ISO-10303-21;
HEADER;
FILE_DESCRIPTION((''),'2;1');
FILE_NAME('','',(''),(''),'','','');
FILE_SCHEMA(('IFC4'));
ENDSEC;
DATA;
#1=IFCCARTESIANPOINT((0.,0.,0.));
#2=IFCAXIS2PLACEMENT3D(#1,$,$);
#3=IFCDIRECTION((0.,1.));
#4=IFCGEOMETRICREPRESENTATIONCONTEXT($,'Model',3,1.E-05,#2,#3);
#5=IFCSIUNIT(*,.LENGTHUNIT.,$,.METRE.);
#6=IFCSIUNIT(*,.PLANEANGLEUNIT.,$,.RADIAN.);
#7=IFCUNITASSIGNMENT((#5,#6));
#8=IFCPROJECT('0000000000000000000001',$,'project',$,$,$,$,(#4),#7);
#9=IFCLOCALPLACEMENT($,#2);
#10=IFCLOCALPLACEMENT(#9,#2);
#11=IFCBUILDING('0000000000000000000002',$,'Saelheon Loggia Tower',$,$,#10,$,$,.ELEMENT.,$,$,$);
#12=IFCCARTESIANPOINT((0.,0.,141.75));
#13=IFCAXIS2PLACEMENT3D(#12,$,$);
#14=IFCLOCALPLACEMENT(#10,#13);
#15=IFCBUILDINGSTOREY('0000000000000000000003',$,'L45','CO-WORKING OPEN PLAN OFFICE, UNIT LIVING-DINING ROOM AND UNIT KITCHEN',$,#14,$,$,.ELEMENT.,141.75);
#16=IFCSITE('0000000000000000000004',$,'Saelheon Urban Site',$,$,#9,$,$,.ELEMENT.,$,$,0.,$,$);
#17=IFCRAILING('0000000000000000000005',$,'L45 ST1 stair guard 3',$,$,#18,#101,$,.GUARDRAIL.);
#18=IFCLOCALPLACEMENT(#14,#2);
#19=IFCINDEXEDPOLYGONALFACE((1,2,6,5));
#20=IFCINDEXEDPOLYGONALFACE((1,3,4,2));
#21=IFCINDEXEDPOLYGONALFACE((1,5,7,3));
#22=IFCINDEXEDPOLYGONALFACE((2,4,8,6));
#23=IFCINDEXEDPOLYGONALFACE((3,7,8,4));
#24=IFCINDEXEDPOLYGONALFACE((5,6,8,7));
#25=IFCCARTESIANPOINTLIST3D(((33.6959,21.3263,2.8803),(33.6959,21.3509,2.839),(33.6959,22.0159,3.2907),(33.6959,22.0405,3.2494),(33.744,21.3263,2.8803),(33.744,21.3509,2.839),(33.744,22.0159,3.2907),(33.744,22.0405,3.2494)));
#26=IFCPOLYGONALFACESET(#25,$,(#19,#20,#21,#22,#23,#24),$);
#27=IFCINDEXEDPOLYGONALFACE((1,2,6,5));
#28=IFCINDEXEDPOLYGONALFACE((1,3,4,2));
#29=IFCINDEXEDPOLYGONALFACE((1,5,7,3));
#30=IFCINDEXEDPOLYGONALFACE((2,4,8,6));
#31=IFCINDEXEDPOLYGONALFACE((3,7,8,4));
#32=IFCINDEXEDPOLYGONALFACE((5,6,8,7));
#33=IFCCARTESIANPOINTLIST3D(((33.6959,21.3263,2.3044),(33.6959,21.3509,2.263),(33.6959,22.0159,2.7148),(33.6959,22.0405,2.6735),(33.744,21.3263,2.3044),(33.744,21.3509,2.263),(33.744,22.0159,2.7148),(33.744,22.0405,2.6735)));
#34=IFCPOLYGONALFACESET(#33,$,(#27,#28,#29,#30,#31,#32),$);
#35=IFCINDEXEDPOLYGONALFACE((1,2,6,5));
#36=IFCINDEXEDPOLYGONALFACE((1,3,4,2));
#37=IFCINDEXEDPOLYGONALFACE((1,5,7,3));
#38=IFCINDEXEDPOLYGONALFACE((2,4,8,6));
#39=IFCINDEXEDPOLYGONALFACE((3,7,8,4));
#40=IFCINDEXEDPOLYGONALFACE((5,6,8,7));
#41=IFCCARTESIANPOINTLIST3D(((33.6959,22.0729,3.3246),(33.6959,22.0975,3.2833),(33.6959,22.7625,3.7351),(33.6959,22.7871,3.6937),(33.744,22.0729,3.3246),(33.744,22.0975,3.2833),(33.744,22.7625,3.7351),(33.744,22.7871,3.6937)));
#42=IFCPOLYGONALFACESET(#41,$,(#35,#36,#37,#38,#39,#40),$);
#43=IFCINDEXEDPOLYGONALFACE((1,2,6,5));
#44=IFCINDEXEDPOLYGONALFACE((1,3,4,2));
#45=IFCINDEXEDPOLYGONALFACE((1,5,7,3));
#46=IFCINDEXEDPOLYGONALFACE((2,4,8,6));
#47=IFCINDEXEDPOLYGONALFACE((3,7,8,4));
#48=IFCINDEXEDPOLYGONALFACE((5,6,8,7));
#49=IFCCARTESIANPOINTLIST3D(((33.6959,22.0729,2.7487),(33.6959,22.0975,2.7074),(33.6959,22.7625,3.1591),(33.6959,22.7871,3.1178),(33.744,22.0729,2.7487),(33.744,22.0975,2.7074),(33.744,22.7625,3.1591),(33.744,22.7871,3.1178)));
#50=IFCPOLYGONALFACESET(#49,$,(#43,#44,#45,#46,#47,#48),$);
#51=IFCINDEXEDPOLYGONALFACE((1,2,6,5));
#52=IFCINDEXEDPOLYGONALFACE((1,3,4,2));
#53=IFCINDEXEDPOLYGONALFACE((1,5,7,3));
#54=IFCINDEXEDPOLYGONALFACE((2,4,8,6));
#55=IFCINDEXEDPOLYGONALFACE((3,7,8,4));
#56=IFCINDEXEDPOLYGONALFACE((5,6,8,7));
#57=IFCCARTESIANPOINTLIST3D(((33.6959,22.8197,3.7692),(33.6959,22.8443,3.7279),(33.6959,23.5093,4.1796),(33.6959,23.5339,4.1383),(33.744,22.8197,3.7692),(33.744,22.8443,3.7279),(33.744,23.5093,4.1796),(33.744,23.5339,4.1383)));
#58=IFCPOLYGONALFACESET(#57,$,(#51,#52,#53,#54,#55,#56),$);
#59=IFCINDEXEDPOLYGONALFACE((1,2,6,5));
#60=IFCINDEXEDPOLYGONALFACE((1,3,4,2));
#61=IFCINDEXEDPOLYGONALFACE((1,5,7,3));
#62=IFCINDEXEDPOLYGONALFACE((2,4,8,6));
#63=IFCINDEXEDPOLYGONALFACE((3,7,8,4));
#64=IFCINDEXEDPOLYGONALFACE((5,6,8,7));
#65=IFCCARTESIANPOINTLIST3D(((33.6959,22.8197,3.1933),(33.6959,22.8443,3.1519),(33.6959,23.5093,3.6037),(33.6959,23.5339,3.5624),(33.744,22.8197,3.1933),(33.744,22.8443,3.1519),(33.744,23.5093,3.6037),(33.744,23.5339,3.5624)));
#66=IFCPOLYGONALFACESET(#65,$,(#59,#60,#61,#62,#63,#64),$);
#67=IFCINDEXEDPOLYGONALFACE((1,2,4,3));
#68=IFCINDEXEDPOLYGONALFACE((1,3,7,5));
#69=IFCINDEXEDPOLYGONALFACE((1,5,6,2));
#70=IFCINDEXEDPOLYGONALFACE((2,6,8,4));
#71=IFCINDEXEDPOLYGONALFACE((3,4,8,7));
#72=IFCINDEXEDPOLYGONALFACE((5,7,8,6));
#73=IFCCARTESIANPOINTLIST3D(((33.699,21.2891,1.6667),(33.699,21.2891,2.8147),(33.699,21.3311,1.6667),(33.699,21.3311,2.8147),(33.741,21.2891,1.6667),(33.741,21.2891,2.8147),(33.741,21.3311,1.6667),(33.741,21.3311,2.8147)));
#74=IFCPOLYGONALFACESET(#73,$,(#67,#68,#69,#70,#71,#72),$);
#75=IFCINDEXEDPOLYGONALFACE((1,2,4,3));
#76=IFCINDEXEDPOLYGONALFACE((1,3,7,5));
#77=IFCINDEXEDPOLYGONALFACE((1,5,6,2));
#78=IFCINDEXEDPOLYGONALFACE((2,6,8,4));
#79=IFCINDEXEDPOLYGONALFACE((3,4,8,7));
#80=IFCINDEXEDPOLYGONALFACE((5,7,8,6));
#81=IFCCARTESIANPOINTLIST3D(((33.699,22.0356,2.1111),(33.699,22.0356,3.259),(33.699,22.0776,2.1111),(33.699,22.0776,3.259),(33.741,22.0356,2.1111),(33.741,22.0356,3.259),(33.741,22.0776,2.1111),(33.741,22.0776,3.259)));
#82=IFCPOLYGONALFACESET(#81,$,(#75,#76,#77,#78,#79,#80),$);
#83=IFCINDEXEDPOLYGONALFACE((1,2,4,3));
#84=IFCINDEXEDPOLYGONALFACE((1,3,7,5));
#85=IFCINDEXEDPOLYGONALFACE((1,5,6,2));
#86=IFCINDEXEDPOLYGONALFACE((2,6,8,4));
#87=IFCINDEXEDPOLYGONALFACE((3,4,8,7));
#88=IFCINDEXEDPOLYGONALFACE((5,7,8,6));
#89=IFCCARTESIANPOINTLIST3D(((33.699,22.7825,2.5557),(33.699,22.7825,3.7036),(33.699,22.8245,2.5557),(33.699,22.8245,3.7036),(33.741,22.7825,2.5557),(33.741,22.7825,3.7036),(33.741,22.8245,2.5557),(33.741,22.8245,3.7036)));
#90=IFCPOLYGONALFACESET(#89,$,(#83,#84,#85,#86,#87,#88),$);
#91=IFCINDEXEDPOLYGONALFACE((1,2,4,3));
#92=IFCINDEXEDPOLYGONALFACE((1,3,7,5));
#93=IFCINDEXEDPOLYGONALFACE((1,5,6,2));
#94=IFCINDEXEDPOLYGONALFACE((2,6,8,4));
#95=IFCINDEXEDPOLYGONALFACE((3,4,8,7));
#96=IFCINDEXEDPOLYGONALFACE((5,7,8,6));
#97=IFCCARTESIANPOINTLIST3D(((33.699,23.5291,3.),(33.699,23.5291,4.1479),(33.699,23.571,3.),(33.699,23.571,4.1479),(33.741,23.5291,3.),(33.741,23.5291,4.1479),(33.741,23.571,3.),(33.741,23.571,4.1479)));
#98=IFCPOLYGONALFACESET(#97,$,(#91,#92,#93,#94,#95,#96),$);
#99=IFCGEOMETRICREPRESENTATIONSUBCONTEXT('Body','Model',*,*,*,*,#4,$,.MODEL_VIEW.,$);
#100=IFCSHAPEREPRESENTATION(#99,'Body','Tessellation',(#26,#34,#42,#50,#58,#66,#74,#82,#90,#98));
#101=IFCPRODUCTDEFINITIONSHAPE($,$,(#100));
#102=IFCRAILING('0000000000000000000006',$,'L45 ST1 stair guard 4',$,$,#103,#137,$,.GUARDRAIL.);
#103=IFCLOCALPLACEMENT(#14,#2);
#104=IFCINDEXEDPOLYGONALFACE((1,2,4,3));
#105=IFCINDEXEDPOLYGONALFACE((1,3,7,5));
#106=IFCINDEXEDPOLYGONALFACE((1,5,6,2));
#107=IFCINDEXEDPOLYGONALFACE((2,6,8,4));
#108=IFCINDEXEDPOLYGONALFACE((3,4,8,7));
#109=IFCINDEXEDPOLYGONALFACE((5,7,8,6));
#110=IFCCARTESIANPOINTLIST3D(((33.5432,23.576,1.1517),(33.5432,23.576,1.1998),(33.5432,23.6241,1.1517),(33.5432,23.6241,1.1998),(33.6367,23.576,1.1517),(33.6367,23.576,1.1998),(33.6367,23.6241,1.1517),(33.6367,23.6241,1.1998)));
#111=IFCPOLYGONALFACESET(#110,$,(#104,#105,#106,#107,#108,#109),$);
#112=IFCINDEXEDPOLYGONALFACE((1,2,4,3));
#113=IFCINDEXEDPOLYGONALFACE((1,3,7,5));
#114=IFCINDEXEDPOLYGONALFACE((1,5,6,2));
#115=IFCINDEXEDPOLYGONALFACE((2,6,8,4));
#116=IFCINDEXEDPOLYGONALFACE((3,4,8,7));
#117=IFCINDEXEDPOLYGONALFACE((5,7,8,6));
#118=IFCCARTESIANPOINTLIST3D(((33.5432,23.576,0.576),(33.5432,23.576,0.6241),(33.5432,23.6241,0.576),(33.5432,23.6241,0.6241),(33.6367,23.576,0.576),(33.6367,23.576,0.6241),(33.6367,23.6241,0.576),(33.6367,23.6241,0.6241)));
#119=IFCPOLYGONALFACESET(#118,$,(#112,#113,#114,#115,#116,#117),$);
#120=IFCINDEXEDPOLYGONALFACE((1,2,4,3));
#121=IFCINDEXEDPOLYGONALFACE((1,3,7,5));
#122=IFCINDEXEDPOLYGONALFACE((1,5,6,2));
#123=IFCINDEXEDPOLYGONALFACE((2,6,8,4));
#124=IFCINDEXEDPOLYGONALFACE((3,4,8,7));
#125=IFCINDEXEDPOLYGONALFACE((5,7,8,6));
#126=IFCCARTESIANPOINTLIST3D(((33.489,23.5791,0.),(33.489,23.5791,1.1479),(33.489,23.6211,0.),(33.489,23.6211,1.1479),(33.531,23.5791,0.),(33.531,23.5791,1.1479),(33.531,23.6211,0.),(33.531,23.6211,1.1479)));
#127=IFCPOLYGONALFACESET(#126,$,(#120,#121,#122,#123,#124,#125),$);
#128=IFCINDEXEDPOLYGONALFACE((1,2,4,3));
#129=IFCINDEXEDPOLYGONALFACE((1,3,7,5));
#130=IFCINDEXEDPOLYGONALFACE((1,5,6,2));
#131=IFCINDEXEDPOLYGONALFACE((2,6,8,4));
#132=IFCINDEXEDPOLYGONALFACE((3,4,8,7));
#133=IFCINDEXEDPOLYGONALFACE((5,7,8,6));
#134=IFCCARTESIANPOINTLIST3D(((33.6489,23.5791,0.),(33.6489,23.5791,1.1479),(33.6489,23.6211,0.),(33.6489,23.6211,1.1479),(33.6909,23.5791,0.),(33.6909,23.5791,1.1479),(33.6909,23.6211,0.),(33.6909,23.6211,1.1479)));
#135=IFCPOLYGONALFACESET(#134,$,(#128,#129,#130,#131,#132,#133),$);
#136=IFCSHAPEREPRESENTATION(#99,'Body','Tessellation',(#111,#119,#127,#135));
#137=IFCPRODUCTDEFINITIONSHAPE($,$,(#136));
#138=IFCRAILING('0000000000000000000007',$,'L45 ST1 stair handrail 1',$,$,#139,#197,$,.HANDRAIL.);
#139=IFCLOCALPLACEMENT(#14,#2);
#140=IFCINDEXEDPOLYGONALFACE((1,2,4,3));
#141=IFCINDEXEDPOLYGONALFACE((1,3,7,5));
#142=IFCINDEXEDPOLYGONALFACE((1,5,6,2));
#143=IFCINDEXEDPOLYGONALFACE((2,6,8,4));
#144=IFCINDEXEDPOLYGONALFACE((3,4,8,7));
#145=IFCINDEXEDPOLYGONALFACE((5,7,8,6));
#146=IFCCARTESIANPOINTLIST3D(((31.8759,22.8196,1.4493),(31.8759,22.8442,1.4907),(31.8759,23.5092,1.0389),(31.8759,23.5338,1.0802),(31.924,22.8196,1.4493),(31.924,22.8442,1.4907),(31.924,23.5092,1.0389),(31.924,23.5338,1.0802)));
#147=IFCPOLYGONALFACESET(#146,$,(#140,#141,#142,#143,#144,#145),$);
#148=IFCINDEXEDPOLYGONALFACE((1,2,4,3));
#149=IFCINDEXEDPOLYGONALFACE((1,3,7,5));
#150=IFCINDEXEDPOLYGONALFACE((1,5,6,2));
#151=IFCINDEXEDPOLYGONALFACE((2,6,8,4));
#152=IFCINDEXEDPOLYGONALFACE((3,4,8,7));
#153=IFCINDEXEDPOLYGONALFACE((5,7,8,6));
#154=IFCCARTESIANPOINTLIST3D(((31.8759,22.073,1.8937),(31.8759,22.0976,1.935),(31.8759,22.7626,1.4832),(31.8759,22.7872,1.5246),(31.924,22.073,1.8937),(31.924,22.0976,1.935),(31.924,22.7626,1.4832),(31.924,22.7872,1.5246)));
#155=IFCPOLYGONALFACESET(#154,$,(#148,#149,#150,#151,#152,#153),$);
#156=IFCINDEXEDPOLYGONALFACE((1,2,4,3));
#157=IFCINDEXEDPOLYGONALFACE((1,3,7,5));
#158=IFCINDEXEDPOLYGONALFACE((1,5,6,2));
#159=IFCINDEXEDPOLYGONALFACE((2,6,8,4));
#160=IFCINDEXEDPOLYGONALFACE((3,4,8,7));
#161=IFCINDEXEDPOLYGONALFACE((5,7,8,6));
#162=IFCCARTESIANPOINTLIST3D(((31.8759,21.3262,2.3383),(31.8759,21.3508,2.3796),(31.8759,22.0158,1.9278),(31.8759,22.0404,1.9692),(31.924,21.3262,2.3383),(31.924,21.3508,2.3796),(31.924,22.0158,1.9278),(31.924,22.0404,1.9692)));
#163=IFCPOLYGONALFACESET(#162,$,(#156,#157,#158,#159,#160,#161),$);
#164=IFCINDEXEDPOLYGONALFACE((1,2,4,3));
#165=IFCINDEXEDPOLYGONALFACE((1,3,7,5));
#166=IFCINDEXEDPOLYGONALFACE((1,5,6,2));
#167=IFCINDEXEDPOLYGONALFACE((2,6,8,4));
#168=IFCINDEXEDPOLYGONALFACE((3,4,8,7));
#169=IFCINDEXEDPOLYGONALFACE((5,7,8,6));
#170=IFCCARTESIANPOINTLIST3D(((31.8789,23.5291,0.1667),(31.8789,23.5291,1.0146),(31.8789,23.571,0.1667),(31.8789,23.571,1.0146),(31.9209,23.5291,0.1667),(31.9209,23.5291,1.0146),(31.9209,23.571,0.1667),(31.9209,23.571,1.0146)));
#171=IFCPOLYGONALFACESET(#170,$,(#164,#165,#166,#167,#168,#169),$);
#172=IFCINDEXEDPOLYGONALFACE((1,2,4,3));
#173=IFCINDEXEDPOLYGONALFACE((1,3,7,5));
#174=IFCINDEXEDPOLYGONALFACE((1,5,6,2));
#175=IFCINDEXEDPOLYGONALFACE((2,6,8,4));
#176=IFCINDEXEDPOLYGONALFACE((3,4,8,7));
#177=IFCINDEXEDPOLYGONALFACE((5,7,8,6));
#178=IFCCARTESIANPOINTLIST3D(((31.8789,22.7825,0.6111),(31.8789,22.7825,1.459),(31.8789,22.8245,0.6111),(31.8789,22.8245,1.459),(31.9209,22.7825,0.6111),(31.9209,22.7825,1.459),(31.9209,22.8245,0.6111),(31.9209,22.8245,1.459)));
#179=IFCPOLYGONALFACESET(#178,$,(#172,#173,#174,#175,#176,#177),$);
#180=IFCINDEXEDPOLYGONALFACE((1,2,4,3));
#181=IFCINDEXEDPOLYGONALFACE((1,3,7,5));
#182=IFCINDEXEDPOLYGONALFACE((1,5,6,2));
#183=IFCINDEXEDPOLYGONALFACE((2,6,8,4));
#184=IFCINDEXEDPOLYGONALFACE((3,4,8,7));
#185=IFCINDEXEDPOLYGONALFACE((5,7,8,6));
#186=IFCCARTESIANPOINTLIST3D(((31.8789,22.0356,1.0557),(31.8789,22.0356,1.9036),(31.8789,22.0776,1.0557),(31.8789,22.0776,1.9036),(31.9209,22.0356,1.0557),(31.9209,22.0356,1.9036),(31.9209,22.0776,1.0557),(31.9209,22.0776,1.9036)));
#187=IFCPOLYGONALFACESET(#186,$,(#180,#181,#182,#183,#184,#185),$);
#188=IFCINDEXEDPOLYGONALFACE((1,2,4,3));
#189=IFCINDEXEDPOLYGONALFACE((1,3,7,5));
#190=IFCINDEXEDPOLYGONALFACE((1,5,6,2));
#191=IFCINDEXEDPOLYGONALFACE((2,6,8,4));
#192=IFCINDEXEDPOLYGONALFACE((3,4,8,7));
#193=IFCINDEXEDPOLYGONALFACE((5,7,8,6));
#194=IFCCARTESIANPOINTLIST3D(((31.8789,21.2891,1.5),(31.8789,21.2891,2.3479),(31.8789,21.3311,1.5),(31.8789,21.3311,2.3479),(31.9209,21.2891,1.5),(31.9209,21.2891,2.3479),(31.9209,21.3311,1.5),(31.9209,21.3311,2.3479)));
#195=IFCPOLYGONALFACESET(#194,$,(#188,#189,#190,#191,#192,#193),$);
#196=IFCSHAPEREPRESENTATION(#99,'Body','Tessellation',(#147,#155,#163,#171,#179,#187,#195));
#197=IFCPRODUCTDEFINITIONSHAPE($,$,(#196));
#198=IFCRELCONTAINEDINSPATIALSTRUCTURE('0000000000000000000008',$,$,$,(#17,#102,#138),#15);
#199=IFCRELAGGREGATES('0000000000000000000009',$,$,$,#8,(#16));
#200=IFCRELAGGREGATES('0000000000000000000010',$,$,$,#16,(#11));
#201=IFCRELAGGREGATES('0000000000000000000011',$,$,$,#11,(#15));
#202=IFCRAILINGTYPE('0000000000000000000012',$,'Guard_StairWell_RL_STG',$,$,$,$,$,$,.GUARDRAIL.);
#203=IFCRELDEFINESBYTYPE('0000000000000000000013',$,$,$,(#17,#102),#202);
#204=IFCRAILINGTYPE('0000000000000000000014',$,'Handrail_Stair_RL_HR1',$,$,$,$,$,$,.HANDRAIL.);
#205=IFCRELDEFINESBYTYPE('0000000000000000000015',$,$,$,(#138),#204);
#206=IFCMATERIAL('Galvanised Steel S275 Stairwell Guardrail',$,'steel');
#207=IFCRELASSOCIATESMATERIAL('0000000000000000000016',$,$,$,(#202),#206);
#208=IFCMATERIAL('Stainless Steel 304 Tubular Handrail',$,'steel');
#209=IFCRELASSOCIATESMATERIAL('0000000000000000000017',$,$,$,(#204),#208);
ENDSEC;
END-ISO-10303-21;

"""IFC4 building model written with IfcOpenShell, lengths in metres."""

from ifc_helpers import new_model, si_unit, direction, frame, origin, origin_2d, place, context, subcontext, project, spatial, rectangle, extrude, material, type_object, element, save


model = new_model("IFC4")

# Units and contexts
model_context = context("Model", 3, precision=1e-05, world=origin(), true_north=direction((0.0, 1.0)))
body_context = subcontext(model_context, "Body", "Model", "MODEL_VIEW")
ifc_project = project(units=[si_unit("LENGTHUNIT", "METRE"), si_unit("PLANEANGLEUNIT", "RADIAN")], contexts=[model_context])

# Site, building, storey
site_placement = place(None, origin())
site = spatial("IfcSite", under=ifc_project, at=site_placement, Name="Saelheon Urban Site", CompositionType="ELEMENT", RefElevation=0.0)
building_placement = place(site_placement, origin())
building = spatial("IfcBuilding", under=site, at=building_placement, Name="Saelheon Loggia Tower", CompositionType="ELEMENT")
storey_placement = place(building_placement, frame((0.0, 0.0, 141.75)))
storey = spatial("IfcBuildingStorey", under=building, at=storey_placement, Name="L45", Description="CO-WORKING OPEN PLAN OFFICE, UNIT LIVING-DINING ROOM AND UNIT KITCHEN", CompositionType="ELEMENT", Elevation=141.75)

# Railings
ifc_material_1 = material(Name="Galvanised Steel S275 Stairwell Guardrail", Category="steel")
railing_type_1 = type_object("IfcRailingType", Name="Guard_StairWell_RL_STG", PredefinedType="GUARDRAIL", material=ifc_material_1)
railing_1_placement = place(storey_placement, frame((33.72, 21.3101, 1.6667)))
element("IfcRailing", 1, at=railing_1_placement, inside=storey, type_object=railing_type_1, Name="L45 ST1 stair guard 3", PredefinedType="GUARDRAIL", context=body_context, shape_type="SweptSolid", body=[
    extrude(rectangle(XDim=0.0481, YDim=0.0481, at=origin_2d()), frame((0.0, 0.0286, 1.1929), z_axis=(0.0, 0.859306, 0.511462), x_axis=(-1.0, 0.0, 0.0)), (0.0, 0.0, 1.0), 0.8025),
    extrude(rectangle(XDim=0.0481, YDim=0.0481, at=origin_2d()), frame((0.0, 0.0286, 0.6169), z_axis=(0.0, 0.859306, 0.511462), x_axis=(-1.0, 0.0, 0.0)), (0.0, 0.0, 1.0), 0.8025),
    extrude(rectangle(XDim=0.0481, YDim=0.0481, at=origin_2d()), frame((0.0, 0.7751, 1.6372), z_axis=(0.0, 0.859306, 0.511462), x_axis=(-1.0, 0.0, 0.0)), (0.0, 0.0, 1.0), 0.8025),
    extrude(rectangle(XDim=0.0481, YDim=0.0481, at=origin_2d()), frame((0.0, 0.7751, 1.0613), z_axis=(0.0, 0.859306, 0.511462), x_axis=(-1.0, 0.0, 0.0)), (0.0, 0.0, 1.0), 0.8025),
    extrude(rectangle(XDim=0.0481, YDim=0.0481, at=origin_2d()), frame((0.0, 1.522, 2.0818), z_axis=(0.0, 0.859306, 0.511462), x_axis=(-1.0, 0.0, 0.0)), (0.0, 0.0, 1.0), 0.8025),
    extrude(rectangle(XDim=0.0481, YDim=0.0481, at=origin_2d()), frame((0.0, 1.522, 1.5059), z_axis=(0.0, 0.859306, 0.511462), x_axis=(-1.0, 0.0, 0.0)), (0.0, 0.0, 1.0), 0.8025),
    extrude(rectangle(XDim=0.042, YDim=0.042, at=origin_2d()), origin(), (0.0, 0.0, 1.0), 1.1479),
    extrude(rectangle(XDim=0.042, YDim=0.042, at=origin_2d()), frame((0.0, 0.7466, 0.4443)), (0.0, 0.0, 1.0), 1.1479),
    extrude(rectangle(XDim=0.042, YDim=0.042, at=origin_2d()), frame((0.0, 1.4934, 0.8889)), (0.0, 0.0, 1.0), 1.1479),
    extrude(rectangle(XDim=0.042, YDim=0.042, at=origin_2d()), frame((0.0, 2.24, 1.3333)), (0.0, 0.0, 1.0), 1.1479),
])
railing_2_placement = place(storey_placement, frame((33.51, 23.6001, 0.0)))
element("IfcRailing", 2, at=railing_2_placement, inside=storey, type_object=railing_type_1, Name="L45 ST1 stair guard 4", PredefinedType="GUARDRAIL", context=body_context, shape_type="SweptSolid", body=[
    extrude(rectangle(XDim=0.0481, YDim=0.0481, at=origin_2d()), frame((0.0332, 0.0, 1.1758), z_axis=(1.0, 0.0, 0.0), x_axis=(0.0, 1.0, 0.0)), (0.0, 0.0, 1.0), 0.0935),
    extrude(rectangle(XDim=0.0481, YDim=0.0481, at=origin_2d()), frame((0.0332, 0.0, 0.6001), z_axis=(1.0, 0.0, 0.0), x_axis=(0.0, 1.0, 0.0)), (0.0, 0.0, 1.0), 0.0935),
    extrude(rectangle(XDim=0.042, YDim=0.042, at=origin_2d()), origin(), (0.0, 0.0, 1.0), 1.1479),
    extrude(rectangle(XDim=0.042, YDim=0.042, at=origin_2d()), frame((0.1599, 0.0, 0.0)), (0.0, 0.0, 1.0), 1.1479),
])
ifc_material_2 = material(Name="Stainless Steel 304 Tubular Handrail", Category="steel")
railing_type_2 = type_object("IfcRailingType", Name="Handrail_Stair_RL_HR1", PredefinedType="HANDRAIL", material=ifc_material_2)
railing_3_placement = place(storey_placement, frame((31.8999, 23.55, 0.1667)))
element("IfcRailing", 3, at=railing_3_placement, inside=storey, type_object=railing_type_2, Name="L45 ST1 stair handrail 1", PredefinedType="HANDRAIL", context=body_context, shape_type="SweptSolid", body=[
    extrude(rectangle(XDim=0.0481, YDim=0.0481, at=origin_2d()), frame((0.0, -0.0286, 0.8928), z_axis=(0.0, -0.859306, 0.511462), x_axis=(1.0, 0.0, 0.0)), (0.0, 0.0, 1.0), 0.8025),
    extrude(rectangle(XDim=0.0481, YDim=0.0481, at=origin_2d()), frame((0.0, -0.7751, 1.3372), z_axis=(0.0, -0.859306, 0.511462), x_axis=(1.0, 0.0, 0.0)), (0.0, 0.0, 1.0), 0.8025),
    extrude(rectangle(XDim=0.0481, YDim=0.0481, at=origin_2d()), frame((0.0, -1.522, 1.7817), z_axis=(0.0, -0.859306, 0.511462), x_axis=(1.0, 0.0, 0.0)), (0.0, 0.0, 1.0), 0.8025),
    extrude(rectangle(XDim=0.042, YDim=0.042, at=origin_2d()), origin(), (0.0, 0.0, 1.0), 0.8479),
    extrude(rectangle(XDim=0.042, YDim=0.042, at=origin_2d()), frame((0.0, -0.7466, 0.4443)), (0.0, 0.0, 1.0), 0.8479),
    extrude(rectangle(XDim=0.042, YDim=0.042, at=origin_2d()), frame((0.0, -1.4934, 0.8889)), (0.0, 0.0, 1.0), 0.8479),
    extrude(rectangle(XDim=0.042, YDim=0.042, at=origin_2d()), frame((0.0, -2.24, 1.3333)), (0.0, 0.0, 1.0), 0.8479),
])

save(model, "model.ifc")
